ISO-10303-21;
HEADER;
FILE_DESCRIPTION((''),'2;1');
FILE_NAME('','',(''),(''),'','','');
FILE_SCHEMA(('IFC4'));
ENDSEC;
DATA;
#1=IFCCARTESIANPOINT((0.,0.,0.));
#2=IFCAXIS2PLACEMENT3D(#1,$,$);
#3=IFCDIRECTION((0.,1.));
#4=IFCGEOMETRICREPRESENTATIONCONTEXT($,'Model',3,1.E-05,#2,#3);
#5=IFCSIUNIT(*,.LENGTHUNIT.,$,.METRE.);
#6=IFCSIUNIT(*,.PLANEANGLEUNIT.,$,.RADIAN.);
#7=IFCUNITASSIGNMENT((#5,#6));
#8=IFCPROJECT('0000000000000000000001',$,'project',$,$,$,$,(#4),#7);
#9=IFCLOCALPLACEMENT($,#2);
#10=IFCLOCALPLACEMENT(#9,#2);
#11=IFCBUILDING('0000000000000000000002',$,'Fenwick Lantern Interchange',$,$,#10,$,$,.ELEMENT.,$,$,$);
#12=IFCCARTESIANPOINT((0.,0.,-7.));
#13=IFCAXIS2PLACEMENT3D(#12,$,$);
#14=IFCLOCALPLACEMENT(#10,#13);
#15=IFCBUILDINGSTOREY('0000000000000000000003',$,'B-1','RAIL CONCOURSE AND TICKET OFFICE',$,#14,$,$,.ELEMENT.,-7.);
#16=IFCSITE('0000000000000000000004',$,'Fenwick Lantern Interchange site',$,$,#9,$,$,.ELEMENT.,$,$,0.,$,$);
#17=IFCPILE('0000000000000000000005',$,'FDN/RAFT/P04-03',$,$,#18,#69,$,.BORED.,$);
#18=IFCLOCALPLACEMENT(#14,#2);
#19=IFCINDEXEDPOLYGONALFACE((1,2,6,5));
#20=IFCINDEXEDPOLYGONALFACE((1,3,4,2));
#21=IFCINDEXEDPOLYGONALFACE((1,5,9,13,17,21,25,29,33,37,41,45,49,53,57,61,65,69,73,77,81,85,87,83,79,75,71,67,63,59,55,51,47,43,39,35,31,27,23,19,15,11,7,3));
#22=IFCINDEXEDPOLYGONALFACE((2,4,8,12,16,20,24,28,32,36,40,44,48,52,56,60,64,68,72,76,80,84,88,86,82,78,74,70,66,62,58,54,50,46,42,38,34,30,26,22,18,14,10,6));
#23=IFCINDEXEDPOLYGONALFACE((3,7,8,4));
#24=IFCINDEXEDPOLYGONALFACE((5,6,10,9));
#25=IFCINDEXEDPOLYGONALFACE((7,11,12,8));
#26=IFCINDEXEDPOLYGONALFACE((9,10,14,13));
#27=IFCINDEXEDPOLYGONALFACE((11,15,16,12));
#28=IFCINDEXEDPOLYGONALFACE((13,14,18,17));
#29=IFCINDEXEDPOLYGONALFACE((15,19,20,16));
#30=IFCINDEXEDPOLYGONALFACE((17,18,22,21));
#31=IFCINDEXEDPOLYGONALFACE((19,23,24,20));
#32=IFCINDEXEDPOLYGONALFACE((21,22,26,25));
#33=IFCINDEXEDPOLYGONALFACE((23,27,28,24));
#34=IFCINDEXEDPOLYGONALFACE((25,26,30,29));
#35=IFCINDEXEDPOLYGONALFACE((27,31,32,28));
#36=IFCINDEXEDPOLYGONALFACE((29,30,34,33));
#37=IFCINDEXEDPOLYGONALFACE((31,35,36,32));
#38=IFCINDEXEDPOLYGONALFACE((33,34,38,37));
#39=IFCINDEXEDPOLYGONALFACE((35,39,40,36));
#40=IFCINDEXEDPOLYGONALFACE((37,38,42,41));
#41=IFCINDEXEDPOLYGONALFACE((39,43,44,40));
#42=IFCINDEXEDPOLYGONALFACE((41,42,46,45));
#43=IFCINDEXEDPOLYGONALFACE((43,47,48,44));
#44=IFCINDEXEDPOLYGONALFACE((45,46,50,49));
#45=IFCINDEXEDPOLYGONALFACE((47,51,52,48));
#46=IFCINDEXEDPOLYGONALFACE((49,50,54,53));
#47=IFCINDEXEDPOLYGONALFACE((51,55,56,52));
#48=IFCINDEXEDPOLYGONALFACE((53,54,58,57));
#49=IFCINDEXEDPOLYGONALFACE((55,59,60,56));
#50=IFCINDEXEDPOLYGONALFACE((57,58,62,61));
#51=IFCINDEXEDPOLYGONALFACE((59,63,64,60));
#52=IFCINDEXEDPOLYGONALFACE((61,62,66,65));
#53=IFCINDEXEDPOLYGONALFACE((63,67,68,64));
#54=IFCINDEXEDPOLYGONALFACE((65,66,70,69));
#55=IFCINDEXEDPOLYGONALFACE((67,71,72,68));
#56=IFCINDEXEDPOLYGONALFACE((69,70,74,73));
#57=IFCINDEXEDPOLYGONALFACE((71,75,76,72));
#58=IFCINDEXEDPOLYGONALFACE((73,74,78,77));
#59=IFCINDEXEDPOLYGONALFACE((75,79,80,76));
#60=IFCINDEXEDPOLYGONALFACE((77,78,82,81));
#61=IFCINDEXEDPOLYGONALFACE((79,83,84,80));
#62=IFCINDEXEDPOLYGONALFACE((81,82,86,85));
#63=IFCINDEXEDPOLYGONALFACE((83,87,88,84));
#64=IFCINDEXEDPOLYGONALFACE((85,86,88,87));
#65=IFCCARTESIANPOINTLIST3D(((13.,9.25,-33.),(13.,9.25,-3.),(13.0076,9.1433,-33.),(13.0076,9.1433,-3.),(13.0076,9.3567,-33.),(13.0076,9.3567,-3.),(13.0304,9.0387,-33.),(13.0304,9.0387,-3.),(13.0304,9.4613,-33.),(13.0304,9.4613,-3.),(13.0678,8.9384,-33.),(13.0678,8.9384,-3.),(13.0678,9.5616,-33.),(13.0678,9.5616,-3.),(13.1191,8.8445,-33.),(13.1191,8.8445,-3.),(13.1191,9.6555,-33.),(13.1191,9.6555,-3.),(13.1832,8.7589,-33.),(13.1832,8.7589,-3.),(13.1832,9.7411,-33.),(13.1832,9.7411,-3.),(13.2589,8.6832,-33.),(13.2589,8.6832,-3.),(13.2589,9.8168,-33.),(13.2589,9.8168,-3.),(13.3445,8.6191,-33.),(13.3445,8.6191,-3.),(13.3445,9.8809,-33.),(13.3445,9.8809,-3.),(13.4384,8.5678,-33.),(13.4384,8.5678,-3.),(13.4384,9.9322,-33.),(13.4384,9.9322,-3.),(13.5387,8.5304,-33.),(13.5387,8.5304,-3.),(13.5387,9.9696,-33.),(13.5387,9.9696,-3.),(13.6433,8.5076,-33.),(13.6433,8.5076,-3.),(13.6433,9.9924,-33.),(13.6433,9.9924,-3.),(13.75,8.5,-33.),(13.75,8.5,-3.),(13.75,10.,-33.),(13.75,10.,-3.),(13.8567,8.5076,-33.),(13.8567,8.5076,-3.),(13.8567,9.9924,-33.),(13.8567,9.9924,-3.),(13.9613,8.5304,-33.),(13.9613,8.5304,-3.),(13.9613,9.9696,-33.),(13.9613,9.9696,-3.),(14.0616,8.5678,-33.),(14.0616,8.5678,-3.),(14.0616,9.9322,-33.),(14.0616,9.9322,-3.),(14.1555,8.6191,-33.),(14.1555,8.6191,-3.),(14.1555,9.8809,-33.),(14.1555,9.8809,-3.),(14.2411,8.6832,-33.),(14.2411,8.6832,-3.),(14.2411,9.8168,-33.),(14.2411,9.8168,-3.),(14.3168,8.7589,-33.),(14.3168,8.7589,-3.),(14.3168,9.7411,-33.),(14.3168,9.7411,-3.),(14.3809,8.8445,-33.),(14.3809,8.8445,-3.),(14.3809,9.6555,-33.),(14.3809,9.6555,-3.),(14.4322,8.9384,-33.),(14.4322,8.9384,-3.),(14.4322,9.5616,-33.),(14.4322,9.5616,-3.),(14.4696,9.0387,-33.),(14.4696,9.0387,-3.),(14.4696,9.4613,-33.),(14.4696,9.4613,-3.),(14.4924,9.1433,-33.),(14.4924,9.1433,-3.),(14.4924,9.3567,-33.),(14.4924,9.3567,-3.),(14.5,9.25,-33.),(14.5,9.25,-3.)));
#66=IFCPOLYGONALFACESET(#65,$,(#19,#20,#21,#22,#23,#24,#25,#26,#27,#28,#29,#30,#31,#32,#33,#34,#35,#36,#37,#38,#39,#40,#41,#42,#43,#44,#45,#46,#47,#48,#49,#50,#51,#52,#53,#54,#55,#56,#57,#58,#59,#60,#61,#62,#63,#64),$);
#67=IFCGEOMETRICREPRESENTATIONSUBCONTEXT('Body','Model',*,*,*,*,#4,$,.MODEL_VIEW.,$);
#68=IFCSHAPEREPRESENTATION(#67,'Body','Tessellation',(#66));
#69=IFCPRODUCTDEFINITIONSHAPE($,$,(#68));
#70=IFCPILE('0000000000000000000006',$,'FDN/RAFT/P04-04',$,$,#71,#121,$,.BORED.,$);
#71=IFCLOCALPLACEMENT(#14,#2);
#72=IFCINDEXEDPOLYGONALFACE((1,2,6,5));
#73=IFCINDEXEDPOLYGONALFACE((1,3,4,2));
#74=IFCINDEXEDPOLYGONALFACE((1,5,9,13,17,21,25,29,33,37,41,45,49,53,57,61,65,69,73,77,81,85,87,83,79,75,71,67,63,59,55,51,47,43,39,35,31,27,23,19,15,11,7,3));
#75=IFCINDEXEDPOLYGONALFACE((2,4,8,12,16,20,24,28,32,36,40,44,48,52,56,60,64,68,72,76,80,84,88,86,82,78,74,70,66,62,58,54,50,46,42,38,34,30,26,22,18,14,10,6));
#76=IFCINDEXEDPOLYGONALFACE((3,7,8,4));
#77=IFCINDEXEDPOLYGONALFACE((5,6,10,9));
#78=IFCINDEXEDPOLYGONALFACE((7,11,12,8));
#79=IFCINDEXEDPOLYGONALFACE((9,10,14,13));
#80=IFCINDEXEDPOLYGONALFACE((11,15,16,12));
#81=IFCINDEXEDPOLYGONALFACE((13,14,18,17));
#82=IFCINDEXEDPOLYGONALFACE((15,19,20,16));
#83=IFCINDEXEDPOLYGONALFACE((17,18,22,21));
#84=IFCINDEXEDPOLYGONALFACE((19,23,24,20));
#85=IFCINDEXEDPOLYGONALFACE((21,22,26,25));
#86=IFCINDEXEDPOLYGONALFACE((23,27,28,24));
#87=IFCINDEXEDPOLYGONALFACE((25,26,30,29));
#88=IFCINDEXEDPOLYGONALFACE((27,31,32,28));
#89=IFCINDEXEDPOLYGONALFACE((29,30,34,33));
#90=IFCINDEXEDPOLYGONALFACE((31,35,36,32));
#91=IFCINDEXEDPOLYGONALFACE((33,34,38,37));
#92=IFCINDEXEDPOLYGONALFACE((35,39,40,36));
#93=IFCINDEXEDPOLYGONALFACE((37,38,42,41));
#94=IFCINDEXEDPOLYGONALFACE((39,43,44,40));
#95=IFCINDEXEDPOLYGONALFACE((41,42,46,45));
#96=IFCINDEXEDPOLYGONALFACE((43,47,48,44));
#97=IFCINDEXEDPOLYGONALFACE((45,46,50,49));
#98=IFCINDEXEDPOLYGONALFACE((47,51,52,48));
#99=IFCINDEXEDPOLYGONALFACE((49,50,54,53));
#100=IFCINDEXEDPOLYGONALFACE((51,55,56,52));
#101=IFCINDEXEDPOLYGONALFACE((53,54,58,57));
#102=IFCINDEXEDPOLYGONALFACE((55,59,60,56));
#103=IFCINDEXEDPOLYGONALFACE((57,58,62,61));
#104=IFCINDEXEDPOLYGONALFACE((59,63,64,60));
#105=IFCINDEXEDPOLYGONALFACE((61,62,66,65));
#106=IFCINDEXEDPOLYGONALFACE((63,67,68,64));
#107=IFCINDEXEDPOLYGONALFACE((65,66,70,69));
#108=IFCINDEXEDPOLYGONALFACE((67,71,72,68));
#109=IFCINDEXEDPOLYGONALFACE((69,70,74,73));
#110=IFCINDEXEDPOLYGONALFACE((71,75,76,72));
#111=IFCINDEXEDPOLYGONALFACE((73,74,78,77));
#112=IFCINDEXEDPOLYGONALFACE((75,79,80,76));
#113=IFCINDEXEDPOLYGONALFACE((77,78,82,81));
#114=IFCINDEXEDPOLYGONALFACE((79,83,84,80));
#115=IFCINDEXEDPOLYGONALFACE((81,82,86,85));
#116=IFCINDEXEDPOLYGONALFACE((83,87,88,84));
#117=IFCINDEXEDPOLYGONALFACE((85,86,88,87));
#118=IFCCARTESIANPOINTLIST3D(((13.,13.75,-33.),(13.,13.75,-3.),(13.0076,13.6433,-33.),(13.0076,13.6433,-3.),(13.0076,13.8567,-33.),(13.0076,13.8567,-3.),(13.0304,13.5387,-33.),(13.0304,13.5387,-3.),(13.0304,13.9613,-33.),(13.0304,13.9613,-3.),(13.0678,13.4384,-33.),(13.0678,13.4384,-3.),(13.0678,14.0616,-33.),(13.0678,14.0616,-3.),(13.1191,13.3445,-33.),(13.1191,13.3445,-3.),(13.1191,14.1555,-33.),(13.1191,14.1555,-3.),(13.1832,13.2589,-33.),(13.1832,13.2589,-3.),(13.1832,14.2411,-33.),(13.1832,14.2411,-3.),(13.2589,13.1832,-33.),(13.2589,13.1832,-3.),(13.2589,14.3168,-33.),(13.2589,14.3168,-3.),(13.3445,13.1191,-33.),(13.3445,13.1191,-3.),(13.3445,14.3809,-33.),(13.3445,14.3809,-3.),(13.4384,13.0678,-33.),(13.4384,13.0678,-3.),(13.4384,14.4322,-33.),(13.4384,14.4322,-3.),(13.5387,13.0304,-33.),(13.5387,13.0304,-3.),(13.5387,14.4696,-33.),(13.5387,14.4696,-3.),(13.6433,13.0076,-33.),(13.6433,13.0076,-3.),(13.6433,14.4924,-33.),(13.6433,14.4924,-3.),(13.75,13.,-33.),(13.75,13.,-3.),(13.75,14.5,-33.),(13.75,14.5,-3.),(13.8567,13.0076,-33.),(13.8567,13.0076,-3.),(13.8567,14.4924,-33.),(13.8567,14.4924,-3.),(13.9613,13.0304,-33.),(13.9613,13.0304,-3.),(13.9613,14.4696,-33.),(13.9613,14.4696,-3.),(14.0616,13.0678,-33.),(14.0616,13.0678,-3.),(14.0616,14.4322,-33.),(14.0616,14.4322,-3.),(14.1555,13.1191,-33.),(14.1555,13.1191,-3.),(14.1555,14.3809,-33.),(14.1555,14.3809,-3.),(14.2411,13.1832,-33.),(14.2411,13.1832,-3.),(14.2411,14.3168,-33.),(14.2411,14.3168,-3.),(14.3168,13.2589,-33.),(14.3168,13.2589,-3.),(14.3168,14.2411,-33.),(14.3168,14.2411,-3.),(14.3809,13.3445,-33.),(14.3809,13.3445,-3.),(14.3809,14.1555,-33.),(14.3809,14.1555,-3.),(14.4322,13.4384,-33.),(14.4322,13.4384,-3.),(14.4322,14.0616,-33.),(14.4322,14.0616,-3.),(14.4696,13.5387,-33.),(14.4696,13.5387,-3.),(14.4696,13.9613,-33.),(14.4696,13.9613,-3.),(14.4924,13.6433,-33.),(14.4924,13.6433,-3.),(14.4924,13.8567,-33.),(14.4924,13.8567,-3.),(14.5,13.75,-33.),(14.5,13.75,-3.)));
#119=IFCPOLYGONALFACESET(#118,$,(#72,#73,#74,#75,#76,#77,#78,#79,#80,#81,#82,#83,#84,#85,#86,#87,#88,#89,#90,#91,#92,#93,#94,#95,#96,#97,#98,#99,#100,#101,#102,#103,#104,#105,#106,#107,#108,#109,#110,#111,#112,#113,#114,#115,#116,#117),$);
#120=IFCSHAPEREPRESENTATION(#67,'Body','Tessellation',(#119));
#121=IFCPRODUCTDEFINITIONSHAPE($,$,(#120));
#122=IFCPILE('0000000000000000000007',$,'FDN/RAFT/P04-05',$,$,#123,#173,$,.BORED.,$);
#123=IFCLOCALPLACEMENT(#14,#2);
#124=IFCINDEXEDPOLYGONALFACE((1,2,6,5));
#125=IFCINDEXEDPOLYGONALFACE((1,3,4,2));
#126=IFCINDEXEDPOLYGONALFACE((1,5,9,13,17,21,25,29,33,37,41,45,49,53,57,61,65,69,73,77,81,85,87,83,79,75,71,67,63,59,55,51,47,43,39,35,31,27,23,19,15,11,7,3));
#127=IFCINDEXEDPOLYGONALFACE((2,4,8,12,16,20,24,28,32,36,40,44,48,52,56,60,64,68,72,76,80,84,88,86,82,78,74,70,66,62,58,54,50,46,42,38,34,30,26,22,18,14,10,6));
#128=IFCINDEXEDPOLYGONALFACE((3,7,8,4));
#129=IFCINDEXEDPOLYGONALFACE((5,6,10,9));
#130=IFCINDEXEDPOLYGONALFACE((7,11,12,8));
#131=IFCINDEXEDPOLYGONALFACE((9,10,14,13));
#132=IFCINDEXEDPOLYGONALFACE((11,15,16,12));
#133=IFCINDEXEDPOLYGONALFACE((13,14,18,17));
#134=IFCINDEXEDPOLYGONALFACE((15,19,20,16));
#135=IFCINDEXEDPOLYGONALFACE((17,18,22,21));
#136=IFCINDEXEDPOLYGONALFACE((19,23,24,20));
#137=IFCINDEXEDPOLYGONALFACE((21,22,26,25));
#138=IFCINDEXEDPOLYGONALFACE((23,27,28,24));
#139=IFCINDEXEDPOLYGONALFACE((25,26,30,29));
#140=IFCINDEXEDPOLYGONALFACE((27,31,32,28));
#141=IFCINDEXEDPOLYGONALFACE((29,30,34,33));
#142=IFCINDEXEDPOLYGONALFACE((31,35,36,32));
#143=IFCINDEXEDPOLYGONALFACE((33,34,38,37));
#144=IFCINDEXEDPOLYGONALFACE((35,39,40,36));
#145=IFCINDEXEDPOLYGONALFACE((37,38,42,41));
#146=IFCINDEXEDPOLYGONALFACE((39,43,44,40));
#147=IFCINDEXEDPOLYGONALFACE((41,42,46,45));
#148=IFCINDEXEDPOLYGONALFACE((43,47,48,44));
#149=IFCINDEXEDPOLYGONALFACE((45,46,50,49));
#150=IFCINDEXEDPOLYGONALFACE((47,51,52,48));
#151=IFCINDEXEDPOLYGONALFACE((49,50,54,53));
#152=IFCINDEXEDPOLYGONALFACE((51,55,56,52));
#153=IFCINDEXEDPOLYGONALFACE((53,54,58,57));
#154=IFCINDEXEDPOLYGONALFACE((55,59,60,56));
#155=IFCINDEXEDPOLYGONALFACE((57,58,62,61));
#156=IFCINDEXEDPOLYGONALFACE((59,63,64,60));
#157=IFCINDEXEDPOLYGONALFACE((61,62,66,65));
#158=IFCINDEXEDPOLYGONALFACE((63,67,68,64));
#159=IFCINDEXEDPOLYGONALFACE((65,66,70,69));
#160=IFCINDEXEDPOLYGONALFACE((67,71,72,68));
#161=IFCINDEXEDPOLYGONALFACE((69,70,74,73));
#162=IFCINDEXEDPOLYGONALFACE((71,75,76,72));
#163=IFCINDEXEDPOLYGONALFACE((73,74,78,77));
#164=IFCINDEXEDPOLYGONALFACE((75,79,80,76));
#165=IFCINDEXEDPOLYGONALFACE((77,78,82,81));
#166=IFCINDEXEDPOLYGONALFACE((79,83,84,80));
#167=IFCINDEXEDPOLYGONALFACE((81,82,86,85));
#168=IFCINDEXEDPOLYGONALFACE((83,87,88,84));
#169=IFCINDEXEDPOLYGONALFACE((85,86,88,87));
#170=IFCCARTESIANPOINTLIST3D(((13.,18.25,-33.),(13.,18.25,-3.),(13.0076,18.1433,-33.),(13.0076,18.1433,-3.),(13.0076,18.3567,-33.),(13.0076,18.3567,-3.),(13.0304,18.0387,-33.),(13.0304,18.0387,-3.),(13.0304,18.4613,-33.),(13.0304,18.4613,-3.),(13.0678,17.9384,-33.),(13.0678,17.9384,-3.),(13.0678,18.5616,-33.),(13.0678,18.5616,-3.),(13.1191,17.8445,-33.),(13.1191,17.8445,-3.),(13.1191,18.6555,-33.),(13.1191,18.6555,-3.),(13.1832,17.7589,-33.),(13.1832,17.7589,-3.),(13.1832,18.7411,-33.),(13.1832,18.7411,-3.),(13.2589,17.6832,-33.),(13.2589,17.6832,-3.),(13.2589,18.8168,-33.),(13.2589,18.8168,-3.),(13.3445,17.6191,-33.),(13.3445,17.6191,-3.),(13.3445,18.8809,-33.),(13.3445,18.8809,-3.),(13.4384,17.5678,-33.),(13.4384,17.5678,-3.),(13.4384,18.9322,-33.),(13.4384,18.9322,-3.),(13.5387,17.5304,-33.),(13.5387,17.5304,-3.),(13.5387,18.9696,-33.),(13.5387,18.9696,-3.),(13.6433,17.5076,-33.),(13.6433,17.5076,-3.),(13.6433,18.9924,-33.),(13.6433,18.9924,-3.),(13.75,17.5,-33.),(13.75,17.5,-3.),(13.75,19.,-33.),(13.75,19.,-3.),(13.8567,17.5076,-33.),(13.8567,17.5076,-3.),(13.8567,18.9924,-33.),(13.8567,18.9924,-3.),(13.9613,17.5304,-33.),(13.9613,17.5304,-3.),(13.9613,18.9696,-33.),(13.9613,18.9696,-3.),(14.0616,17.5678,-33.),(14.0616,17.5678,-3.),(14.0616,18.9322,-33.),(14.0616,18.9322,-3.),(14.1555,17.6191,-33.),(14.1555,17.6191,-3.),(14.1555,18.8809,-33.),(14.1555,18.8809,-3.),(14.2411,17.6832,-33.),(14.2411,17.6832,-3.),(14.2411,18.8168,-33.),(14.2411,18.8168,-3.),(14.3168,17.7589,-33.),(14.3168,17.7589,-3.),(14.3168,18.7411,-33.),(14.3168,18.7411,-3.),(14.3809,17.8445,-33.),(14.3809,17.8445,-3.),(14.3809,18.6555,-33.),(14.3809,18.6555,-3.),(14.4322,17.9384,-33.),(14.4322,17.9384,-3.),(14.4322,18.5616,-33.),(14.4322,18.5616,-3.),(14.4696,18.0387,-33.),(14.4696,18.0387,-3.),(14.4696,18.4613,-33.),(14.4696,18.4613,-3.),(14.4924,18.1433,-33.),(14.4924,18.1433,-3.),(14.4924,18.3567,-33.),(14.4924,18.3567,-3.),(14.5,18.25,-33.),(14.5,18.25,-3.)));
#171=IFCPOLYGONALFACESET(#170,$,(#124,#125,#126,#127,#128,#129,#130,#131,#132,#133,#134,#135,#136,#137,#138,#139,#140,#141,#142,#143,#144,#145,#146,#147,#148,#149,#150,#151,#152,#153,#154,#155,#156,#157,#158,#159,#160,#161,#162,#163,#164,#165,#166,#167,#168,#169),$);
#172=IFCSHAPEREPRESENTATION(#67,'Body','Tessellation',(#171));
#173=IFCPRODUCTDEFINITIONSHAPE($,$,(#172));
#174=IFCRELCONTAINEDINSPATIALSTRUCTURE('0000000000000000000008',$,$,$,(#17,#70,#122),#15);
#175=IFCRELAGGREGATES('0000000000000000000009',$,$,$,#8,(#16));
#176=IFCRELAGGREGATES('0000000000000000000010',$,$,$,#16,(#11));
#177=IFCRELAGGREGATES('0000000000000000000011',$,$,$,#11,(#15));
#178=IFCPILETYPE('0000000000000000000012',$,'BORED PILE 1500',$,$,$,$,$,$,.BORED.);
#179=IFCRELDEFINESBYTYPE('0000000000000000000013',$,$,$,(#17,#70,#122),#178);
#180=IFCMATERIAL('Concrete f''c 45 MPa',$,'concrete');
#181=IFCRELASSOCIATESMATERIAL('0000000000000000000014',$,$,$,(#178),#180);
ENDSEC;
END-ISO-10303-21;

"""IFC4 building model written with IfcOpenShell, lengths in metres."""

from ifc_helpers import new_model, si_unit, direction, frame, origin, origin_2d, place, context, subcontext, project, spatial, circle, extrude, material, type_object, element, save


model = new_model("IFC4")

# Units and contexts
model_context = context("Model", 3, precision=1e-05, world=origin(), true_north=direction((0.0, 1.0)))
body_context = subcontext(model_context, "Body", "Model", "MODEL_VIEW")
ifc_project = project(units=[si_unit("LENGTHUNIT", "METRE"), si_unit("PLANEANGLEUNIT", "RADIAN")], contexts=[model_context])

# Site, building, storey
site_placement = place(None, origin())
site = spatial("IfcSite", under=ifc_project, at=site_placement, Name="Fenwick Lantern Interchange site", CompositionType="ELEMENT", RefElevation=0.0)
building_placement = place(site_placement, origin())
building = spatial("IfcBuilding", under=site, at=building_placement, Name="Fenwick Lantern Interchange", CompositionType="ELEMENT")
storey_placement = place(building_placement, frame((0.0, 0.0, -7.0)))
storey = spatial("IfcBuildingStorey", under=building, at=storey_placement, Name="B-1", Description="RAIL CONCOURSE AND TICKET OFFICE", CompositionType="ELEMENT", Elevation=-7.0)

# Piles
ifc_material_1 = material(Name="Concrete f'c 45 MPa", Category="concrete")
pile_type = type_object("IfcPileType", Name="BORED PILE 1500", PredefinedType="BORED", material=ifc_material_1)
for number, where, z_axis, x_axis, name in (
    (1, (13.75, 9.25, -3.0), (0.0, 0.0, -1.0), (1.0, 0.0, 0.0), "FDN/RAFT/P04-03"),
    (2, (13.75, 13.75, -3.0), (0.0, 0.0, -1.0), (1.0, 0.0, 0.0), "FDN/RAFT/P04-04"),
    (3, (13.75, 18.25, -3.0), (0.0, 0.0, -1.0), (1.0, 0.0, 0.0), "FDN/RAFT/P04-05"),
):
    element("IfcPile", number, at=place(storey_placement, frame(where, z_axis=z_axis, x_axis=x_axis)), inside=storey, type_object=pile_type, Name=name, PredefinedType="BORED", context=body_context, shape_type="SweptSolid", body=[
        extrude(circle(Radius=0.75, at=origin_2d()), origin(), (0.0, 0.0, 1.0), 30.0),
    ])

save(model, "model.ifc")
